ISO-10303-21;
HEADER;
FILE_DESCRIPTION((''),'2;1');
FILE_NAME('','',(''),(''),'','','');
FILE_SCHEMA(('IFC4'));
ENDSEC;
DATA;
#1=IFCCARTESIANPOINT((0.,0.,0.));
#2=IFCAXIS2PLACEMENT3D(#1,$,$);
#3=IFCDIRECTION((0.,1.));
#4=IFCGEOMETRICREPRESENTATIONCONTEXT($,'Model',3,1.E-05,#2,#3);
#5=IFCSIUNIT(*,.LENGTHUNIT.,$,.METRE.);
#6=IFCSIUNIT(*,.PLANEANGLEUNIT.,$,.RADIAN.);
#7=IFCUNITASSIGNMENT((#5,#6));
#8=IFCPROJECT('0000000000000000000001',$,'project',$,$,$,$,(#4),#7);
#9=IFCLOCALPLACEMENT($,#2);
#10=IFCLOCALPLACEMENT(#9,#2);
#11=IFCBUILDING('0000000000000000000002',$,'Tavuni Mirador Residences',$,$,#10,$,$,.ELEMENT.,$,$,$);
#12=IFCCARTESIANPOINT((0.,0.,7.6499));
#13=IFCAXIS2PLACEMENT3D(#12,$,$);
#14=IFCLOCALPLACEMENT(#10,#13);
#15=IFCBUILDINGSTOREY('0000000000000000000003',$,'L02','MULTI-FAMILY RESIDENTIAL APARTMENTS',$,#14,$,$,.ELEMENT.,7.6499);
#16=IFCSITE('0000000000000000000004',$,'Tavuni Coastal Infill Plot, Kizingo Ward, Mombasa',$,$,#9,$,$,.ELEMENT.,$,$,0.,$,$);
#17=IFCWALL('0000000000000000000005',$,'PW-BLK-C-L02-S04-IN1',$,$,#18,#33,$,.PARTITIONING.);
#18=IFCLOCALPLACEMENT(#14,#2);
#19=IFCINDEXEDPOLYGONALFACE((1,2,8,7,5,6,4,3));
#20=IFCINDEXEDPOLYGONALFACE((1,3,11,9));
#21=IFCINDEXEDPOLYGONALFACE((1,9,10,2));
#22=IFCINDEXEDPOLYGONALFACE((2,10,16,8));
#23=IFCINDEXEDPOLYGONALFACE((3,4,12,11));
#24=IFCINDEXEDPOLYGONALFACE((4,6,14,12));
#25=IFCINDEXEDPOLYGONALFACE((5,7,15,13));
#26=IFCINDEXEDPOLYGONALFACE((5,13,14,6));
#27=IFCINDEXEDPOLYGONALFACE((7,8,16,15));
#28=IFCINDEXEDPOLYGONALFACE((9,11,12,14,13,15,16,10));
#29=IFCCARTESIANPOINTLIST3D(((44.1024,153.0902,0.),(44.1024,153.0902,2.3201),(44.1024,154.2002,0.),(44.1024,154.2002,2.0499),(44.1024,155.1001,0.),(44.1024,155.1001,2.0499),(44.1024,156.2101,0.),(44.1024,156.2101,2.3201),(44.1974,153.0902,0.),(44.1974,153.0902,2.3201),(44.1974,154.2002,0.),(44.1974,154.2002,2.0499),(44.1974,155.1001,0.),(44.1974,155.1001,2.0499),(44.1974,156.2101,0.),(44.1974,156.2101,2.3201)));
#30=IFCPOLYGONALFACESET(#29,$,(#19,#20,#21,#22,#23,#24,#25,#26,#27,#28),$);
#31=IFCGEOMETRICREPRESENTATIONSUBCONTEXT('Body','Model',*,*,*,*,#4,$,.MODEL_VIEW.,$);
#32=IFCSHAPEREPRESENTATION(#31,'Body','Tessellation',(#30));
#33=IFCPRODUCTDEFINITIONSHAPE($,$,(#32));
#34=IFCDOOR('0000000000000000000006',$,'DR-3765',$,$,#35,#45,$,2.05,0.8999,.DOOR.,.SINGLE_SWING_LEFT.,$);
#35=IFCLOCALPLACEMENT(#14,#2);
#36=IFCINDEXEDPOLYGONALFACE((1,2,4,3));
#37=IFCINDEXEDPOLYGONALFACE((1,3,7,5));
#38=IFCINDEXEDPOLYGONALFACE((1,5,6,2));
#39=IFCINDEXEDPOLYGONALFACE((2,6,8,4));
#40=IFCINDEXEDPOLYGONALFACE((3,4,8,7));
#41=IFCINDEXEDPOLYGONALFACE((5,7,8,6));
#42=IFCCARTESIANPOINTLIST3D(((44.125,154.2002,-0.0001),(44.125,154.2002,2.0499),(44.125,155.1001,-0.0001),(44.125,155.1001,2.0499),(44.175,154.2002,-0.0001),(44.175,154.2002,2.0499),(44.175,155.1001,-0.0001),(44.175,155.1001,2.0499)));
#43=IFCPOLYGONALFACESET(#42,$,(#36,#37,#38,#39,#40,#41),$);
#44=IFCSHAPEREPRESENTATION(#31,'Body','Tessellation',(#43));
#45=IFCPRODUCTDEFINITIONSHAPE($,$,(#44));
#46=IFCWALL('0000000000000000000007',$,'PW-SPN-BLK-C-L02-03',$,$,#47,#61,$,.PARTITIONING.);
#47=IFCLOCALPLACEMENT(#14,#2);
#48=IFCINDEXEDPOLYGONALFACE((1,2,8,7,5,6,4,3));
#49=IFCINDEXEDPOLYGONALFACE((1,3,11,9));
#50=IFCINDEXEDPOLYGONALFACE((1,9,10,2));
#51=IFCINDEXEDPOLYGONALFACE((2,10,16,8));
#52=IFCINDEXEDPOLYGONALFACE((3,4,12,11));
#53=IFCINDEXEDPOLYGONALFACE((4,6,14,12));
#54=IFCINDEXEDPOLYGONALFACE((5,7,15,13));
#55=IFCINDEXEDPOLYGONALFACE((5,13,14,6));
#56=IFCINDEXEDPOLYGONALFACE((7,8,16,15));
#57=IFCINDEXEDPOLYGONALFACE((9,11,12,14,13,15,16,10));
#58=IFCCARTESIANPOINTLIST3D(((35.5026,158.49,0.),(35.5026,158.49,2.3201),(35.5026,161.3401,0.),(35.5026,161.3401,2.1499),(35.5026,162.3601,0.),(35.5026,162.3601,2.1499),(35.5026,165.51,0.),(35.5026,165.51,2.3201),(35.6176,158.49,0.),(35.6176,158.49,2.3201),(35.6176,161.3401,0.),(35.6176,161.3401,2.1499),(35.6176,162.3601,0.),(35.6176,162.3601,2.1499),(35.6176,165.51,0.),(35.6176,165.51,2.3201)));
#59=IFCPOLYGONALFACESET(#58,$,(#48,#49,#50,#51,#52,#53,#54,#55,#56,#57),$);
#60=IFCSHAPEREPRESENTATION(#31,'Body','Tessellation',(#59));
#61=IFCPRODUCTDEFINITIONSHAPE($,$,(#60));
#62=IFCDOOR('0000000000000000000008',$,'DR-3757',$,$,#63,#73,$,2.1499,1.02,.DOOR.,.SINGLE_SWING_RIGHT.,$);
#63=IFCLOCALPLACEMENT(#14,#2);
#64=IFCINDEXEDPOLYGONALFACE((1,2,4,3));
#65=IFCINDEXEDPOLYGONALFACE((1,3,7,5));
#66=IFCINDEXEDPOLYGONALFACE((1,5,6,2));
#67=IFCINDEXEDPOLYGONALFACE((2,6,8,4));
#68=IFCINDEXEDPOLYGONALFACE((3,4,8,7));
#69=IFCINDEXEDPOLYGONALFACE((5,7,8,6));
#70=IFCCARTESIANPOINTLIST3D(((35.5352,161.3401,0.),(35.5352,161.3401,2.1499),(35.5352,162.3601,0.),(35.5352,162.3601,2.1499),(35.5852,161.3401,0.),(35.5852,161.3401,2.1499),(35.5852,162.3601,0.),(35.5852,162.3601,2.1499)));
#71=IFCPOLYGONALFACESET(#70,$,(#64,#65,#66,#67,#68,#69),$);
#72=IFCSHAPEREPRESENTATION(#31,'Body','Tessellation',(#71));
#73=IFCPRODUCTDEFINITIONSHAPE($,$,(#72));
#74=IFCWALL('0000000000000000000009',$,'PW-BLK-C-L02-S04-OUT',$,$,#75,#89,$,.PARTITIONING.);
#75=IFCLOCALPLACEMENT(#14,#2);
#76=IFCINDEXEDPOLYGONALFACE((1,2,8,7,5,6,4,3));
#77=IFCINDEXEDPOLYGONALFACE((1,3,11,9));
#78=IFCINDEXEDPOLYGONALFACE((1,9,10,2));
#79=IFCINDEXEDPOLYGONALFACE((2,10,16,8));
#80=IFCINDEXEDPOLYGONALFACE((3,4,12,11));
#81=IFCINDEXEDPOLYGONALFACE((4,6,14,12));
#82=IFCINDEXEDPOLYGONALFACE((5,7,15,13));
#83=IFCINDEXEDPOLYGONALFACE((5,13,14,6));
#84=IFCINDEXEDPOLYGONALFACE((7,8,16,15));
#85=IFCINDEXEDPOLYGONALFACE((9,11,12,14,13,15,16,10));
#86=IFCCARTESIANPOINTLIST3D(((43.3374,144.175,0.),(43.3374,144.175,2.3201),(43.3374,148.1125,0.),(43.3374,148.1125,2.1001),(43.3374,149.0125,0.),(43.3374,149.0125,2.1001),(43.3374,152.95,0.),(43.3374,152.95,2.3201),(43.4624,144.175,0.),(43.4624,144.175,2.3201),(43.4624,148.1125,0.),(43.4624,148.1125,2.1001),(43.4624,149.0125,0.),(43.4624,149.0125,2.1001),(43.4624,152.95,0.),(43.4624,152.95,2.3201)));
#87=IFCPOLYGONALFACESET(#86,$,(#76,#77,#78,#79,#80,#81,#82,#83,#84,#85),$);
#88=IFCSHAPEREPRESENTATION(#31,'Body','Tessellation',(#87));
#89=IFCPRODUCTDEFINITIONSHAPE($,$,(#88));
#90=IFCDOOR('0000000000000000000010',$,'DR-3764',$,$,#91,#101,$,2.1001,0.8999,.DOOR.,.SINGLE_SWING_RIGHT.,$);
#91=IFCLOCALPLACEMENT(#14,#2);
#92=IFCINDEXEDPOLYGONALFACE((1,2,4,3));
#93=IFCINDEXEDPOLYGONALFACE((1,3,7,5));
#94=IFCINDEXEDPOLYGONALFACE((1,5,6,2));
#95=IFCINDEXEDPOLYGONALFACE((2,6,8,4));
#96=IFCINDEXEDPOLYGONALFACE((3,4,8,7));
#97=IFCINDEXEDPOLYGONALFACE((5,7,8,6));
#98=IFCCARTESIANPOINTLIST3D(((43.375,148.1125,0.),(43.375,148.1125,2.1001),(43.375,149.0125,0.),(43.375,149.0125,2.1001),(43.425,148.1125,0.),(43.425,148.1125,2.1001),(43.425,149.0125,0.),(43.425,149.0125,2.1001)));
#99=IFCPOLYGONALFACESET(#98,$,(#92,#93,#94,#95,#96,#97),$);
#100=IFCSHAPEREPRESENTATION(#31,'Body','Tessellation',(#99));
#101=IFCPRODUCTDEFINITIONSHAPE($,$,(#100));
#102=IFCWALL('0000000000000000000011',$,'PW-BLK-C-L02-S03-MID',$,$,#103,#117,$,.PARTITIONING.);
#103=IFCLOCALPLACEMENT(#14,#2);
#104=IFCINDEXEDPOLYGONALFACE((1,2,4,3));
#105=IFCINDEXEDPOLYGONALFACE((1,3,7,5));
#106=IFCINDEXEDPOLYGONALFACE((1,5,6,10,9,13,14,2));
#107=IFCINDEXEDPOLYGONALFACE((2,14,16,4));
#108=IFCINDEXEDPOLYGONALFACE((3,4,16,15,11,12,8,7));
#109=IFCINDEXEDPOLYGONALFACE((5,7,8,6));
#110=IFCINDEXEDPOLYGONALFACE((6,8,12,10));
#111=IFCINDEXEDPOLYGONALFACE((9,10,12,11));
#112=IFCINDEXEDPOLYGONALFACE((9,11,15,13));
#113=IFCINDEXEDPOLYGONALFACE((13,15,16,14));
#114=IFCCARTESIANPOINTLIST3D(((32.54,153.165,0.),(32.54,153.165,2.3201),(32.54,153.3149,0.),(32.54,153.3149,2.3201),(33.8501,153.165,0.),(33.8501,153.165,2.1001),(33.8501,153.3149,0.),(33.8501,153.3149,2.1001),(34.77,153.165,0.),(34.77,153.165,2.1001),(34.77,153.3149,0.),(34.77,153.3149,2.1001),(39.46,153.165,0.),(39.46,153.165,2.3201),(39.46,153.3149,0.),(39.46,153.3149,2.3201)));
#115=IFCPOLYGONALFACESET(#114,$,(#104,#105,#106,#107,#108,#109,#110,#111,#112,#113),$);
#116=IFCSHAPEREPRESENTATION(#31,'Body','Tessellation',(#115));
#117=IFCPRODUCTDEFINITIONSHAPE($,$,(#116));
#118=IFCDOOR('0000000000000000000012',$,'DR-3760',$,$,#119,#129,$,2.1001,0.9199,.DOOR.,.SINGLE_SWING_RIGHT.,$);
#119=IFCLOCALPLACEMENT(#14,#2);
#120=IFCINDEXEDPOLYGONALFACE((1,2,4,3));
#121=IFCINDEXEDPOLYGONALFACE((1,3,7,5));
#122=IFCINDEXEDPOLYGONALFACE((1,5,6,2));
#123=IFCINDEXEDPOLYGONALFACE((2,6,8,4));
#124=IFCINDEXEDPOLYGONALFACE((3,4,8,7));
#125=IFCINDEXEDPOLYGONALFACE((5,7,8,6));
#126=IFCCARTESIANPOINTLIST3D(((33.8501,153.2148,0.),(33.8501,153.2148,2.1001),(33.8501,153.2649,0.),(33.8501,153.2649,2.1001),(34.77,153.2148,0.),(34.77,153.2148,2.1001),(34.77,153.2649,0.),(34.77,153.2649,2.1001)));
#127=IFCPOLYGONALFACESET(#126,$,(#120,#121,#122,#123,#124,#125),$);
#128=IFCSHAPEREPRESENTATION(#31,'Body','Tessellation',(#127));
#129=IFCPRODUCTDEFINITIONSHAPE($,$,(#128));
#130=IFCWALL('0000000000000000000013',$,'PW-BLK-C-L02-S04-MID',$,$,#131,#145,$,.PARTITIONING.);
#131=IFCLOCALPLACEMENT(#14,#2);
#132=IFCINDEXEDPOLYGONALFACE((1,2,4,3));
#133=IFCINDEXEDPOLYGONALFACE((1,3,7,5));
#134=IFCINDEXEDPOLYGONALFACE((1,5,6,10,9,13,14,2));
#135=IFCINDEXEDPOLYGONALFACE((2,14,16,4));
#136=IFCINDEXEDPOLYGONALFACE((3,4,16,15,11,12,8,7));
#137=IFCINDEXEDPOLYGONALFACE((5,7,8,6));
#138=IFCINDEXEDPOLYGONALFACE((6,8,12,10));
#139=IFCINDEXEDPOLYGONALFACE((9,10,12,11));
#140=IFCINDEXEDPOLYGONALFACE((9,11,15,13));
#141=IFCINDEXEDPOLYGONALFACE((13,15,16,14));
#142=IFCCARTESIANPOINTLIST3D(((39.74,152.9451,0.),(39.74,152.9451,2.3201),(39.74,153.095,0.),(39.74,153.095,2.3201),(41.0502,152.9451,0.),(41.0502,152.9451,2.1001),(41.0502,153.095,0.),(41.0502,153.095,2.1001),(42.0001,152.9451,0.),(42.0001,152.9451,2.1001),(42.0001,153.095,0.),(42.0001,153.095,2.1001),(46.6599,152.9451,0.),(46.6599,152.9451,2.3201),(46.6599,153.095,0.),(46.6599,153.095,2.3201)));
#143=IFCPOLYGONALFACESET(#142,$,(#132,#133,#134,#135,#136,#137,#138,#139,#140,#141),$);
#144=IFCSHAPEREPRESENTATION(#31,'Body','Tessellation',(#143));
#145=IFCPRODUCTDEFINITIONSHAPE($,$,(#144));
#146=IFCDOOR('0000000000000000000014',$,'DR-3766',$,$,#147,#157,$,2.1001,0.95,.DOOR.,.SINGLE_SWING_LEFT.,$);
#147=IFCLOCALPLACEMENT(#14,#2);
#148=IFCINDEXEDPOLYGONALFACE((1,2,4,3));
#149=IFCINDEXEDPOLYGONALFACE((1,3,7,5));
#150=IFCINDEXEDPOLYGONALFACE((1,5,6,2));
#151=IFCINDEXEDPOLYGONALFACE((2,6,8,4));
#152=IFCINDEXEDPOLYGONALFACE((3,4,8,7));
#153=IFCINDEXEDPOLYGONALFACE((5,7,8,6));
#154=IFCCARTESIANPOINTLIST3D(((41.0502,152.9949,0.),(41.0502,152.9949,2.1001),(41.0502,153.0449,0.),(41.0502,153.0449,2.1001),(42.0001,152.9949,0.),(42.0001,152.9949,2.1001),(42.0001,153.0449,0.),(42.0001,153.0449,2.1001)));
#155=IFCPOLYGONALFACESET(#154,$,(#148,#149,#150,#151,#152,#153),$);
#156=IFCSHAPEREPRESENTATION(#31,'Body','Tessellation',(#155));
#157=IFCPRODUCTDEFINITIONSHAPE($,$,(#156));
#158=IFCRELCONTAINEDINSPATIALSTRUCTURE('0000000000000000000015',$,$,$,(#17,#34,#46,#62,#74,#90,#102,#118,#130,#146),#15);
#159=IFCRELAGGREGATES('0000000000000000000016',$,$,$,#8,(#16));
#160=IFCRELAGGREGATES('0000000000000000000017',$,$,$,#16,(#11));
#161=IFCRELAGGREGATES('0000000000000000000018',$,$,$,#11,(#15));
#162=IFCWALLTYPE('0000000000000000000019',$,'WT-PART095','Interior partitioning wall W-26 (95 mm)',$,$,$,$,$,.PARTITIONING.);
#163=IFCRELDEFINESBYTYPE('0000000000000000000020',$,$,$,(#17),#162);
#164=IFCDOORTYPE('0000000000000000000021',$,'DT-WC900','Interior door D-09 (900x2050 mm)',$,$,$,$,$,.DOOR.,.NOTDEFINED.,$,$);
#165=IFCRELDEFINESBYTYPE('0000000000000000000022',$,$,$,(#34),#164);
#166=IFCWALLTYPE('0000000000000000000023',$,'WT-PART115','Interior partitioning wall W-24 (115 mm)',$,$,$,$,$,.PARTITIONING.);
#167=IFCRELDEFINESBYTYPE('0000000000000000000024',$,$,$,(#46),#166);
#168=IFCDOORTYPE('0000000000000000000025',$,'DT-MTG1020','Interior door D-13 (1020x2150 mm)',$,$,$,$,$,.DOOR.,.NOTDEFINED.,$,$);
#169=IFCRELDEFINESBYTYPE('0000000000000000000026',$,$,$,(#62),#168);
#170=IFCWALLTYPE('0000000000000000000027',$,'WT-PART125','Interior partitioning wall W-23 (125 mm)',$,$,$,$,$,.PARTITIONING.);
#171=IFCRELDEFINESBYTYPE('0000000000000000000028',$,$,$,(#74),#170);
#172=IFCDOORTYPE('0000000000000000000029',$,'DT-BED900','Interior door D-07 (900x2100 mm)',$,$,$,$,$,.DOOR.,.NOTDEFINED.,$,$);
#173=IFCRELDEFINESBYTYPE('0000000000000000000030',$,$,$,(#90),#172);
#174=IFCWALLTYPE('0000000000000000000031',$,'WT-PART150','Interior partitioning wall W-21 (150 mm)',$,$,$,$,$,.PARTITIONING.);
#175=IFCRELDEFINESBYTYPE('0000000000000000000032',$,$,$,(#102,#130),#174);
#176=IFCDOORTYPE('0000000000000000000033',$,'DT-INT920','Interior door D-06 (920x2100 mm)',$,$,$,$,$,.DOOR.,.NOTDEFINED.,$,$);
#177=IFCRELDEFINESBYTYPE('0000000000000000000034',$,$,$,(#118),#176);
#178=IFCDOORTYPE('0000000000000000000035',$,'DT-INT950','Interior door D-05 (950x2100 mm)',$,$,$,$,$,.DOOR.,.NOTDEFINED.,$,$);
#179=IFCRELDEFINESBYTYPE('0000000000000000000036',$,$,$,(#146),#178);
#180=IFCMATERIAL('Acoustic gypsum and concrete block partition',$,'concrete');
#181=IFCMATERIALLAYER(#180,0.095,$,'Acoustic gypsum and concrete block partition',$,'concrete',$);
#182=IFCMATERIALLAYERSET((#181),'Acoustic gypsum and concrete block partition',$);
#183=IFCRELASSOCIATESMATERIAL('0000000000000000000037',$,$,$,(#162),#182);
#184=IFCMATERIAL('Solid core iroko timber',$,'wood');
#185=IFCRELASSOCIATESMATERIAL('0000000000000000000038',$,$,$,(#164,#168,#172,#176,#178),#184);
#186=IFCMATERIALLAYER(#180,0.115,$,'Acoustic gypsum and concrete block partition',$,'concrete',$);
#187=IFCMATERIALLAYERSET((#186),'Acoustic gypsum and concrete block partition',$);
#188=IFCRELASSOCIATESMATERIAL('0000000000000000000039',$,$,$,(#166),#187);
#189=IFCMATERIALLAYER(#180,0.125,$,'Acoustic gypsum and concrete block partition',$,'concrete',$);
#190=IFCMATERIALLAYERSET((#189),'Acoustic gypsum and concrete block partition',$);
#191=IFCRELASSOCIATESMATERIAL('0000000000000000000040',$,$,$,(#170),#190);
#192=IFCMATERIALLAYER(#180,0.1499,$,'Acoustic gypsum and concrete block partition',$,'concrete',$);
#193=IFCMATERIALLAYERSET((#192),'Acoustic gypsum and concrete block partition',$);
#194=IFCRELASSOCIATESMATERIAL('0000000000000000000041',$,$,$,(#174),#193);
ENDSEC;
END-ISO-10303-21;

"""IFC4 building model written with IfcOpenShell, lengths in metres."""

from ifc_helpers import new_model, si_unit, direction, frame, frame_2d, origin, place, context, subcontext, project, spatial, rectangle, extrude, material, layer, layer_set, type_object, element, fill, save


model = new_model("IFC4")

# Units and contexts
model_context = context("Model", 3, precision=1e-05, world=origin(), true_north=direction((0.0, 1.0)))
body_context = subcontext(model_context, "Body", "Model", "MODEL_VIEW")
ifc_project = project(units=[si_unit("LENGTHUNIT", "METRE"), si_unit("PLANEANGLEUNIT", "RADIAN")], contexts=[model_context])

# Site, building, storey
site_placement = place(None, origin())
site = spatial("IfcSite", under=ifc_project, at=site_placement, Name="Tavuni Coastal Infill Plot, Kizingo Ward, Mombasa", CompositionType="ELEMENT", RefElevation=0.0)
building_placement = place(site_placement, origin())
building = spatial("IfcBuilding", under=site, at=building_placement, Name="Tavuni Mirador Residences", CompositionType="ELEMENT")
storey_placement = place(building_placement, frame((0.0, 0.0, 7.6499)))
storey = spatial("IfcBuildingStorey", under=building, at=storey_placement, Name="L02", Description="MULTI-FAMILY RESIDENTIAL APARTMENTS", CompositionType="ELEMENT", Elevation=7.6499)

# Shared definitions
ifc_material_1 = material(Name="Solid core iroko timber", Category="wood")

# Walls, openings, doors
ifc_material_2 = material(Name="Acoustic gypsum and concrete block partition", Category="concrete")
ifc_layer_1 = layer(ifc_material_2, 0.095, Name="Acoustic gypsum and concrete block partition", Category="concrete")
ifc_layer_set_1 = layer_set([ifc_layer_1], Name="Acoustic gypsum and concrete block partition")
wall_type_1 = type_object("IfcWallType", Name="WT-PART095", Description="Interior partitioning wall W-26 (95 mm)", PredefinedType="PARTITIONING", material=ifc_layer_set_1)
wall_1_placement = place(storey_placement, frame((44.1499, 153.0901, 0.0), z_axis=(0.0, 0.0, 1.0), x_axis=(0.0, 1.0, 0.0)))
wall_1 = element("IfcWall", 1, at=wall_1_placement, inside=storey, type_object=wall_type_1, Name="PW-BLK-C-L02-S04-IN1", PredefinedType="PARTITIONING", context=body_context, shape_type="SweptSolid", body=[
    extrude(rectangle(XDim=3.1199, YDim=0.095, at=frame_2d((1.5601, 0.0))), origin(), (0.0, 0.0, 1.0), 2.3201),
])
opening_1_placement = place(wall_1_placement, frame((1.1101, 0.0, 0.0)))
opening_1 = element("IfcOpeningElement", 2, at=opening_1_placement, cuts=wall_1, PredefinedType="OPENING", context=body_context, shape_type="SweptSolid", body=[
    extrude(rectangle(XDim=0.8999, YDim=2.05, at=frame_2d((0.45, 1.0249))), frame((0.0, 0.0576, 0.0), z_axis=(0.0, -1.0, 0.0), x_axis=(1.0, 0.0, 0.0)), (0.0, 0.0, 1.0), 0.115),
])
door_type_1 = type_object("IfcDoorType", Name="DT-WC900", Description="Interior door D-09 (900x2050 mm)", OperationType="NOTDEFINED", PredefinedType="DOOR", material=ifc_material_1)
door_1_placement = place(opening_1_placement, origin())
door_1 = element("IfcDoor", 3, at=door_1_placement, inside=storey, type_object=door_type_1, Name="DR-3765", OperationType="SINGLE_SWING_LEFT", OverallHeight=2.05, OverallWidth=0.8999, PredefinedType="DOOR", context=body_context, shape_type="SweptSolid", body=[
    extrude(rectangle(XDim=0.8999, YDim=2.05, at=frame_2d((0.45, 1.0249))), frame((0.0, 0.0249, 0.0), z_axis=(0.0, -1.0, 0.0), x_axis=(1.0, 0.0, 0.0)), (0.0, 0.0, 1.0), 0.05),
])
fill(opening_1, door_1)
ifc_layer_2 = layer(ifc_material_2, 0.115, Name="Acoustic gypsum and concrete block partition", Category="concrete")
ifc_layer_set_2 = layer_set([ifc_layer_2], Name="Acoustic gypsum and concrete block partition")
wall_type_2 = type_object("IfcWallType", Name="WT-PART115", Description="Interior partitioning wall W-24 (115 mm)", PredefinedType="PARTITIONING", material=ifc_layer_set_2)
wall_2_placement = place(storey_placement, frame((35.5601, 158.49, 0.0), z_axis=(0.0, 0.0, 1.0), x_axis=(0.0, 1.0, 0.0)))
wall_2 = element("IfcWall", 4, at=wall_2_placement, inside=storey, type_object=wall_type_2, Name="PW-SPN-BLK-C-L02-03", PredefinedType="PARTITIONING", context=body_context, shape_type="SweptSolid", body=[
    extrude(rectangle(XDim=7.02, YDim=0.115, at=frame_2d((3.51, 0.0))), origin(), (0.0, 0.0, 1.0), 2.3201),
])
opening_2_placement = place(wall_2_placement, frame((2.8501, 0.0, 0.0)))
opening_2 = element("IfcOpeningElement", 5, at=opening_2_placement, cuts=wall_2, PredefinedType="OPENING", context=body_context, shape_type="SweptSolid", body=[
    extrude(rectangle(XDim=1.02, YDim=2.1499, at=frame_2d((0.51, 1.075))), frame((0.0, 0.0674, 0.0), z_axis=(0.0, -1.0, 0.0), x_axis=(1.0, 0.0, 0.0)), (0.0, 0.0, 1.0), 0.135),
])
door_type_2 = type_object("IfcDoorType", Name="DT-MTG1020", Description="Interior door D-13 (1020x2150 mm)", OperationType="NOTDEFINED", PredefinedType="DOOR", material=ifc_material_1)
door_2_placement = place(opening_2_placement, origin())
door_2 = element("IfcDoor", 6, at=door_2_placement, inside=storey, type_object=door_type_2, Name="DR-3757", OperationType="SINGLE_SWING_RIGHT", OverallHeight=2.1499, OverallWidth=1.02, PredefinedType="DOOR", context=body_context, shape_type="SweptSolid", body=[
    extrude(rectangle(XDim=1.02, YDim=2.1499, at=frame_2d((0.51, 1.075))), frame((0.0, 0.0249, 0.0), z_axis=(0.0, -1.0, 0.0), x_axis=(1.0, 0.0, 0.0)), (0.0, 0.0, 1.0), 0.05),
])
fill(opening_2, door_2)
ifc_layer_3 = layer(ifc_material_2, 0.125, Name="Acoustic gypsum and concrete block partition", Category="concrete")
ifc_layer_set_3 = layer_set([ifc_layer_3], Name="Acoustic gypsum and concrete block partition")
wall_type_3 = type_object("IfcWallType", Name="WT-PART125", Description="Interior partitioning wall W-23 (125 mm)", PredefinedType="PARTITIONING", material=ifc_layer_set_3)
wall_3_placement = place(storey_placement, frame((43.3999, 144.175, 0.0), z_axis=(0.0, 0.0, 1.0), x_axis=(0.0, 1.0, 0.0)))
wall_3 = element("IfcWall", 7, at=wall_3_placement, inside=storey, type_object=wall_type_3, Name="PW-BLK-C-L02-S04-OUT", PredefinedType="PARTITIONING", context=body_context, shape_type="SweptSolid", body=[
    extrude(rectangle(XDim=8.7749, YDim=0.125, at=frame_2d((4.3875, 0.0))), origin(), (0.0, 0.0, 1.0), 2.3201),
])
opening_3_placement = place(wall_3_placement, frame((3.9375, 0.0, 0.0)))
opening_3 = element("IfcOpeningElement", 8, at=opening_3_placement, cuts=wall_3, PredefinedType="OPENING", context=body_context, shape_type="SweptSolid", body=[
    extrude(rectangle(XDim=0.8999, YDim=2.1001, at=frame_2d((0.45, 1.05))), frame((0.0, 0.0725, 0.0), z_axis=(0.0, -1.0, 0.0), x_axis=(1.0, 0.0, 0.0)), (0.0, 0.0, 1.0), 0.145),
])
door_type_3 = type_object("IfcDoorType", Name="DT-BED900", Description="Interior door D-07 (900x2100 mm)", OperationType="NOTDEFINED", PredefinedType="DOOR", material=ifc_material_1)
door_3_placement = place(opening_3_placement, origin())
door_3 = element("IfcDoor", 9, at=door_3_placement, inside=storey, type_object=door_type_3, Name="DR-3764", OperationType="SINGLE_SWING_RIGHT", OverallHeight=2.1001, OverallWidth=0.8999, PredefinedType="DOOR", context=body_context, shape_type="SweptSolid", body=[
    extrude(rectangle(XDim=0.8999, YDim=2.1001, at=frame_2d((0.45, 1.05))), frame((0.0, 0.0249, 0.0), z_axis=(0.0, -1.0, 0.0), x_axis=(1.0, 0.0, 0.0)), (0.0, 0.0, 1.0), 0.05),
])
fill(opening_3, door_3)
ifc_layer_4 = layer(ifc_material_2, 0.1499, Name="Acoustic gypsum and concrete block partition", Category="concrete")
ifc_layer_set_4 = layer_set([ifc_layer_4], Name="Acoustic gypsum and concrete block partition")
wall_type_4 = type_object("IfcWallType", Name="WT-PART150", Description="Interior partitioning wall W-21 (150 mm)", PredefinedType="PARTITIONING", material=ifc_layer_set_4)
wall_4_placement = place(storey_placement, frame((32.54, 153.24, 0.0), z_axis=(0.0, 0.0, 1.0), x_axis=(1.0, 0.0, 0.0)))
wall_4 = element("IfcWall", 10, at=wall_4_placement, inside=storey, type_object=wall_type_4, Name="PW-BLK-C-L02-S03-MID", PredefinedType="PARTITIONING", context=body_context, shape_type="SweptSolid", body=[
    extrude(rectangle(XDim=6.9199, YDim=0.1499, at=frame_2d((3.46, 0.0))), origin(), (0.0, 0.0, 1.0), 2.3201),
])
opening_4_placement = place(wall_4_placement, frame((1.3101, 0.0, 0.0)))
opening_4 = element("IfcOpeningElement", 11, at=opening_4_placement, cuts=wall_4, PredefinedType="OPENING", context=body_context, shape_type="SweptSolid", body=[
    extrude(rectangle(XDim=0.9199, YDim=2.1001, at=frame_2d((0.46, 1.05))), frame((0.0, 0.085, 0.0), z_axis=(0.0, -1.0, 0.0), x_axis=(1.0, 0.0, 0.0)), (0.0, 0.0, 1.0), 0.1699),
])
door_type_4 = type_object("IfcDoorType", Name="DT-INT920", Description="Interior door D-06 (920x2100 mm)", OperationType="NOTDEFINED", PredefinedType="DOOR", material=ifc_material_1)
door_4_placement = place(opening_4_placement, origin())
door_4 = element("IfcDoor", 12, at=door_4_placement, inside=storey, type_object=door_type_4, Name="DR-3760", OperationType="SINGLE_SWING_RIGHT", OverallHeight=2.1001, OverallWidth=0.9199, PredefinedType="DOOR", context=body_context, shape_type="SweptSolid", body=[
    extrude(rectangle(XDim=0.9199, YDim=2.1001, at=frame_2d((0.46, 1.05))), frame((0.0, 0.0249, 0.0), z_axis=(0.0, -1.0, 0.0), x_axis=(1.0, 0.0, 0.0)), (0.0, 0.0, 1.0), 0.05),
])
fill(opening_4, door_4)
wall_5_placement = place(storey_placement, frame((39.74, 153.02, 0.0), z_axis=(0.0, 0.0, 1.0), x_axis=(1.0, 0.0, 0.0)))
wall_5 = element("IfcWall", 13, at=wall_5_placement, inside=storey, type_object=wall_type_4, Name="PW-BLK-C-L02-S04-MID", PredefinedType="PARTITIONING", context=body_context, shape_type="SweptSolid", body=[
    extrude(rectangle(XDim=6.9199, YDim=0.1499, at=frame_2d((3.46, 0.0))), origin(), (0.0, 0.0, 1.0), 2.3201),
])
opening_5_placement = place(wall_5_placement, frame((1.3101, 0.0, 0.0)))
opening_5 = element("IfcOpeningElement", 14, at=opening_5_placement, cuts=wall_5, PredefinedType="OPENING", context=body_context, shape_type="SweptSolid", body=[
    extrude(rectangle(XDim=0.95, YDim=2.1001, at=frame_2d((0.4751, 1.05))), frame((0.0, 0.085, 0.0), z_axis=(0.0, -1.0, 0.0), x_axis=(1.0, 0.0, 0.0)), (0.0, 0.0, 1.0), 0.1699),
])
door_type_5 = type_object("IfcDoorType", Name="DT-INT950", Description="Interior door D-05 (950x2100 mm)", OperationType="NOTDEFINED", PredefinedType="DOOR", material=ifc_material_1)
door_5_placement = place(opening_5_placement, origin())
door_5 = element("IfcDoor", 15, at=door_5_placement, inside=storey, type_object=door_type_5, Name="DR-3766", OperationType="SINGLE_SWING_LEFT", OverallHeight=2.1001, OverallWidth=0.95, PredefinedType="DOOR", context=body_context, shape_type="SweptSolid", body=[
    extrude(rectangle(XDim=0.95, YDim=2.1001, at=frame_2d((0.4751, 1.05))), frame((0.0, 0.0249, 0.0), z_axis=(0.0, -1.0, 0.0), x_axis=(1.0, 0.0, 0.0)), (0.0, 0.0, 1.0), 0.05),
])
fill(opening_5, door_5)

save(model, "model.ifc")
